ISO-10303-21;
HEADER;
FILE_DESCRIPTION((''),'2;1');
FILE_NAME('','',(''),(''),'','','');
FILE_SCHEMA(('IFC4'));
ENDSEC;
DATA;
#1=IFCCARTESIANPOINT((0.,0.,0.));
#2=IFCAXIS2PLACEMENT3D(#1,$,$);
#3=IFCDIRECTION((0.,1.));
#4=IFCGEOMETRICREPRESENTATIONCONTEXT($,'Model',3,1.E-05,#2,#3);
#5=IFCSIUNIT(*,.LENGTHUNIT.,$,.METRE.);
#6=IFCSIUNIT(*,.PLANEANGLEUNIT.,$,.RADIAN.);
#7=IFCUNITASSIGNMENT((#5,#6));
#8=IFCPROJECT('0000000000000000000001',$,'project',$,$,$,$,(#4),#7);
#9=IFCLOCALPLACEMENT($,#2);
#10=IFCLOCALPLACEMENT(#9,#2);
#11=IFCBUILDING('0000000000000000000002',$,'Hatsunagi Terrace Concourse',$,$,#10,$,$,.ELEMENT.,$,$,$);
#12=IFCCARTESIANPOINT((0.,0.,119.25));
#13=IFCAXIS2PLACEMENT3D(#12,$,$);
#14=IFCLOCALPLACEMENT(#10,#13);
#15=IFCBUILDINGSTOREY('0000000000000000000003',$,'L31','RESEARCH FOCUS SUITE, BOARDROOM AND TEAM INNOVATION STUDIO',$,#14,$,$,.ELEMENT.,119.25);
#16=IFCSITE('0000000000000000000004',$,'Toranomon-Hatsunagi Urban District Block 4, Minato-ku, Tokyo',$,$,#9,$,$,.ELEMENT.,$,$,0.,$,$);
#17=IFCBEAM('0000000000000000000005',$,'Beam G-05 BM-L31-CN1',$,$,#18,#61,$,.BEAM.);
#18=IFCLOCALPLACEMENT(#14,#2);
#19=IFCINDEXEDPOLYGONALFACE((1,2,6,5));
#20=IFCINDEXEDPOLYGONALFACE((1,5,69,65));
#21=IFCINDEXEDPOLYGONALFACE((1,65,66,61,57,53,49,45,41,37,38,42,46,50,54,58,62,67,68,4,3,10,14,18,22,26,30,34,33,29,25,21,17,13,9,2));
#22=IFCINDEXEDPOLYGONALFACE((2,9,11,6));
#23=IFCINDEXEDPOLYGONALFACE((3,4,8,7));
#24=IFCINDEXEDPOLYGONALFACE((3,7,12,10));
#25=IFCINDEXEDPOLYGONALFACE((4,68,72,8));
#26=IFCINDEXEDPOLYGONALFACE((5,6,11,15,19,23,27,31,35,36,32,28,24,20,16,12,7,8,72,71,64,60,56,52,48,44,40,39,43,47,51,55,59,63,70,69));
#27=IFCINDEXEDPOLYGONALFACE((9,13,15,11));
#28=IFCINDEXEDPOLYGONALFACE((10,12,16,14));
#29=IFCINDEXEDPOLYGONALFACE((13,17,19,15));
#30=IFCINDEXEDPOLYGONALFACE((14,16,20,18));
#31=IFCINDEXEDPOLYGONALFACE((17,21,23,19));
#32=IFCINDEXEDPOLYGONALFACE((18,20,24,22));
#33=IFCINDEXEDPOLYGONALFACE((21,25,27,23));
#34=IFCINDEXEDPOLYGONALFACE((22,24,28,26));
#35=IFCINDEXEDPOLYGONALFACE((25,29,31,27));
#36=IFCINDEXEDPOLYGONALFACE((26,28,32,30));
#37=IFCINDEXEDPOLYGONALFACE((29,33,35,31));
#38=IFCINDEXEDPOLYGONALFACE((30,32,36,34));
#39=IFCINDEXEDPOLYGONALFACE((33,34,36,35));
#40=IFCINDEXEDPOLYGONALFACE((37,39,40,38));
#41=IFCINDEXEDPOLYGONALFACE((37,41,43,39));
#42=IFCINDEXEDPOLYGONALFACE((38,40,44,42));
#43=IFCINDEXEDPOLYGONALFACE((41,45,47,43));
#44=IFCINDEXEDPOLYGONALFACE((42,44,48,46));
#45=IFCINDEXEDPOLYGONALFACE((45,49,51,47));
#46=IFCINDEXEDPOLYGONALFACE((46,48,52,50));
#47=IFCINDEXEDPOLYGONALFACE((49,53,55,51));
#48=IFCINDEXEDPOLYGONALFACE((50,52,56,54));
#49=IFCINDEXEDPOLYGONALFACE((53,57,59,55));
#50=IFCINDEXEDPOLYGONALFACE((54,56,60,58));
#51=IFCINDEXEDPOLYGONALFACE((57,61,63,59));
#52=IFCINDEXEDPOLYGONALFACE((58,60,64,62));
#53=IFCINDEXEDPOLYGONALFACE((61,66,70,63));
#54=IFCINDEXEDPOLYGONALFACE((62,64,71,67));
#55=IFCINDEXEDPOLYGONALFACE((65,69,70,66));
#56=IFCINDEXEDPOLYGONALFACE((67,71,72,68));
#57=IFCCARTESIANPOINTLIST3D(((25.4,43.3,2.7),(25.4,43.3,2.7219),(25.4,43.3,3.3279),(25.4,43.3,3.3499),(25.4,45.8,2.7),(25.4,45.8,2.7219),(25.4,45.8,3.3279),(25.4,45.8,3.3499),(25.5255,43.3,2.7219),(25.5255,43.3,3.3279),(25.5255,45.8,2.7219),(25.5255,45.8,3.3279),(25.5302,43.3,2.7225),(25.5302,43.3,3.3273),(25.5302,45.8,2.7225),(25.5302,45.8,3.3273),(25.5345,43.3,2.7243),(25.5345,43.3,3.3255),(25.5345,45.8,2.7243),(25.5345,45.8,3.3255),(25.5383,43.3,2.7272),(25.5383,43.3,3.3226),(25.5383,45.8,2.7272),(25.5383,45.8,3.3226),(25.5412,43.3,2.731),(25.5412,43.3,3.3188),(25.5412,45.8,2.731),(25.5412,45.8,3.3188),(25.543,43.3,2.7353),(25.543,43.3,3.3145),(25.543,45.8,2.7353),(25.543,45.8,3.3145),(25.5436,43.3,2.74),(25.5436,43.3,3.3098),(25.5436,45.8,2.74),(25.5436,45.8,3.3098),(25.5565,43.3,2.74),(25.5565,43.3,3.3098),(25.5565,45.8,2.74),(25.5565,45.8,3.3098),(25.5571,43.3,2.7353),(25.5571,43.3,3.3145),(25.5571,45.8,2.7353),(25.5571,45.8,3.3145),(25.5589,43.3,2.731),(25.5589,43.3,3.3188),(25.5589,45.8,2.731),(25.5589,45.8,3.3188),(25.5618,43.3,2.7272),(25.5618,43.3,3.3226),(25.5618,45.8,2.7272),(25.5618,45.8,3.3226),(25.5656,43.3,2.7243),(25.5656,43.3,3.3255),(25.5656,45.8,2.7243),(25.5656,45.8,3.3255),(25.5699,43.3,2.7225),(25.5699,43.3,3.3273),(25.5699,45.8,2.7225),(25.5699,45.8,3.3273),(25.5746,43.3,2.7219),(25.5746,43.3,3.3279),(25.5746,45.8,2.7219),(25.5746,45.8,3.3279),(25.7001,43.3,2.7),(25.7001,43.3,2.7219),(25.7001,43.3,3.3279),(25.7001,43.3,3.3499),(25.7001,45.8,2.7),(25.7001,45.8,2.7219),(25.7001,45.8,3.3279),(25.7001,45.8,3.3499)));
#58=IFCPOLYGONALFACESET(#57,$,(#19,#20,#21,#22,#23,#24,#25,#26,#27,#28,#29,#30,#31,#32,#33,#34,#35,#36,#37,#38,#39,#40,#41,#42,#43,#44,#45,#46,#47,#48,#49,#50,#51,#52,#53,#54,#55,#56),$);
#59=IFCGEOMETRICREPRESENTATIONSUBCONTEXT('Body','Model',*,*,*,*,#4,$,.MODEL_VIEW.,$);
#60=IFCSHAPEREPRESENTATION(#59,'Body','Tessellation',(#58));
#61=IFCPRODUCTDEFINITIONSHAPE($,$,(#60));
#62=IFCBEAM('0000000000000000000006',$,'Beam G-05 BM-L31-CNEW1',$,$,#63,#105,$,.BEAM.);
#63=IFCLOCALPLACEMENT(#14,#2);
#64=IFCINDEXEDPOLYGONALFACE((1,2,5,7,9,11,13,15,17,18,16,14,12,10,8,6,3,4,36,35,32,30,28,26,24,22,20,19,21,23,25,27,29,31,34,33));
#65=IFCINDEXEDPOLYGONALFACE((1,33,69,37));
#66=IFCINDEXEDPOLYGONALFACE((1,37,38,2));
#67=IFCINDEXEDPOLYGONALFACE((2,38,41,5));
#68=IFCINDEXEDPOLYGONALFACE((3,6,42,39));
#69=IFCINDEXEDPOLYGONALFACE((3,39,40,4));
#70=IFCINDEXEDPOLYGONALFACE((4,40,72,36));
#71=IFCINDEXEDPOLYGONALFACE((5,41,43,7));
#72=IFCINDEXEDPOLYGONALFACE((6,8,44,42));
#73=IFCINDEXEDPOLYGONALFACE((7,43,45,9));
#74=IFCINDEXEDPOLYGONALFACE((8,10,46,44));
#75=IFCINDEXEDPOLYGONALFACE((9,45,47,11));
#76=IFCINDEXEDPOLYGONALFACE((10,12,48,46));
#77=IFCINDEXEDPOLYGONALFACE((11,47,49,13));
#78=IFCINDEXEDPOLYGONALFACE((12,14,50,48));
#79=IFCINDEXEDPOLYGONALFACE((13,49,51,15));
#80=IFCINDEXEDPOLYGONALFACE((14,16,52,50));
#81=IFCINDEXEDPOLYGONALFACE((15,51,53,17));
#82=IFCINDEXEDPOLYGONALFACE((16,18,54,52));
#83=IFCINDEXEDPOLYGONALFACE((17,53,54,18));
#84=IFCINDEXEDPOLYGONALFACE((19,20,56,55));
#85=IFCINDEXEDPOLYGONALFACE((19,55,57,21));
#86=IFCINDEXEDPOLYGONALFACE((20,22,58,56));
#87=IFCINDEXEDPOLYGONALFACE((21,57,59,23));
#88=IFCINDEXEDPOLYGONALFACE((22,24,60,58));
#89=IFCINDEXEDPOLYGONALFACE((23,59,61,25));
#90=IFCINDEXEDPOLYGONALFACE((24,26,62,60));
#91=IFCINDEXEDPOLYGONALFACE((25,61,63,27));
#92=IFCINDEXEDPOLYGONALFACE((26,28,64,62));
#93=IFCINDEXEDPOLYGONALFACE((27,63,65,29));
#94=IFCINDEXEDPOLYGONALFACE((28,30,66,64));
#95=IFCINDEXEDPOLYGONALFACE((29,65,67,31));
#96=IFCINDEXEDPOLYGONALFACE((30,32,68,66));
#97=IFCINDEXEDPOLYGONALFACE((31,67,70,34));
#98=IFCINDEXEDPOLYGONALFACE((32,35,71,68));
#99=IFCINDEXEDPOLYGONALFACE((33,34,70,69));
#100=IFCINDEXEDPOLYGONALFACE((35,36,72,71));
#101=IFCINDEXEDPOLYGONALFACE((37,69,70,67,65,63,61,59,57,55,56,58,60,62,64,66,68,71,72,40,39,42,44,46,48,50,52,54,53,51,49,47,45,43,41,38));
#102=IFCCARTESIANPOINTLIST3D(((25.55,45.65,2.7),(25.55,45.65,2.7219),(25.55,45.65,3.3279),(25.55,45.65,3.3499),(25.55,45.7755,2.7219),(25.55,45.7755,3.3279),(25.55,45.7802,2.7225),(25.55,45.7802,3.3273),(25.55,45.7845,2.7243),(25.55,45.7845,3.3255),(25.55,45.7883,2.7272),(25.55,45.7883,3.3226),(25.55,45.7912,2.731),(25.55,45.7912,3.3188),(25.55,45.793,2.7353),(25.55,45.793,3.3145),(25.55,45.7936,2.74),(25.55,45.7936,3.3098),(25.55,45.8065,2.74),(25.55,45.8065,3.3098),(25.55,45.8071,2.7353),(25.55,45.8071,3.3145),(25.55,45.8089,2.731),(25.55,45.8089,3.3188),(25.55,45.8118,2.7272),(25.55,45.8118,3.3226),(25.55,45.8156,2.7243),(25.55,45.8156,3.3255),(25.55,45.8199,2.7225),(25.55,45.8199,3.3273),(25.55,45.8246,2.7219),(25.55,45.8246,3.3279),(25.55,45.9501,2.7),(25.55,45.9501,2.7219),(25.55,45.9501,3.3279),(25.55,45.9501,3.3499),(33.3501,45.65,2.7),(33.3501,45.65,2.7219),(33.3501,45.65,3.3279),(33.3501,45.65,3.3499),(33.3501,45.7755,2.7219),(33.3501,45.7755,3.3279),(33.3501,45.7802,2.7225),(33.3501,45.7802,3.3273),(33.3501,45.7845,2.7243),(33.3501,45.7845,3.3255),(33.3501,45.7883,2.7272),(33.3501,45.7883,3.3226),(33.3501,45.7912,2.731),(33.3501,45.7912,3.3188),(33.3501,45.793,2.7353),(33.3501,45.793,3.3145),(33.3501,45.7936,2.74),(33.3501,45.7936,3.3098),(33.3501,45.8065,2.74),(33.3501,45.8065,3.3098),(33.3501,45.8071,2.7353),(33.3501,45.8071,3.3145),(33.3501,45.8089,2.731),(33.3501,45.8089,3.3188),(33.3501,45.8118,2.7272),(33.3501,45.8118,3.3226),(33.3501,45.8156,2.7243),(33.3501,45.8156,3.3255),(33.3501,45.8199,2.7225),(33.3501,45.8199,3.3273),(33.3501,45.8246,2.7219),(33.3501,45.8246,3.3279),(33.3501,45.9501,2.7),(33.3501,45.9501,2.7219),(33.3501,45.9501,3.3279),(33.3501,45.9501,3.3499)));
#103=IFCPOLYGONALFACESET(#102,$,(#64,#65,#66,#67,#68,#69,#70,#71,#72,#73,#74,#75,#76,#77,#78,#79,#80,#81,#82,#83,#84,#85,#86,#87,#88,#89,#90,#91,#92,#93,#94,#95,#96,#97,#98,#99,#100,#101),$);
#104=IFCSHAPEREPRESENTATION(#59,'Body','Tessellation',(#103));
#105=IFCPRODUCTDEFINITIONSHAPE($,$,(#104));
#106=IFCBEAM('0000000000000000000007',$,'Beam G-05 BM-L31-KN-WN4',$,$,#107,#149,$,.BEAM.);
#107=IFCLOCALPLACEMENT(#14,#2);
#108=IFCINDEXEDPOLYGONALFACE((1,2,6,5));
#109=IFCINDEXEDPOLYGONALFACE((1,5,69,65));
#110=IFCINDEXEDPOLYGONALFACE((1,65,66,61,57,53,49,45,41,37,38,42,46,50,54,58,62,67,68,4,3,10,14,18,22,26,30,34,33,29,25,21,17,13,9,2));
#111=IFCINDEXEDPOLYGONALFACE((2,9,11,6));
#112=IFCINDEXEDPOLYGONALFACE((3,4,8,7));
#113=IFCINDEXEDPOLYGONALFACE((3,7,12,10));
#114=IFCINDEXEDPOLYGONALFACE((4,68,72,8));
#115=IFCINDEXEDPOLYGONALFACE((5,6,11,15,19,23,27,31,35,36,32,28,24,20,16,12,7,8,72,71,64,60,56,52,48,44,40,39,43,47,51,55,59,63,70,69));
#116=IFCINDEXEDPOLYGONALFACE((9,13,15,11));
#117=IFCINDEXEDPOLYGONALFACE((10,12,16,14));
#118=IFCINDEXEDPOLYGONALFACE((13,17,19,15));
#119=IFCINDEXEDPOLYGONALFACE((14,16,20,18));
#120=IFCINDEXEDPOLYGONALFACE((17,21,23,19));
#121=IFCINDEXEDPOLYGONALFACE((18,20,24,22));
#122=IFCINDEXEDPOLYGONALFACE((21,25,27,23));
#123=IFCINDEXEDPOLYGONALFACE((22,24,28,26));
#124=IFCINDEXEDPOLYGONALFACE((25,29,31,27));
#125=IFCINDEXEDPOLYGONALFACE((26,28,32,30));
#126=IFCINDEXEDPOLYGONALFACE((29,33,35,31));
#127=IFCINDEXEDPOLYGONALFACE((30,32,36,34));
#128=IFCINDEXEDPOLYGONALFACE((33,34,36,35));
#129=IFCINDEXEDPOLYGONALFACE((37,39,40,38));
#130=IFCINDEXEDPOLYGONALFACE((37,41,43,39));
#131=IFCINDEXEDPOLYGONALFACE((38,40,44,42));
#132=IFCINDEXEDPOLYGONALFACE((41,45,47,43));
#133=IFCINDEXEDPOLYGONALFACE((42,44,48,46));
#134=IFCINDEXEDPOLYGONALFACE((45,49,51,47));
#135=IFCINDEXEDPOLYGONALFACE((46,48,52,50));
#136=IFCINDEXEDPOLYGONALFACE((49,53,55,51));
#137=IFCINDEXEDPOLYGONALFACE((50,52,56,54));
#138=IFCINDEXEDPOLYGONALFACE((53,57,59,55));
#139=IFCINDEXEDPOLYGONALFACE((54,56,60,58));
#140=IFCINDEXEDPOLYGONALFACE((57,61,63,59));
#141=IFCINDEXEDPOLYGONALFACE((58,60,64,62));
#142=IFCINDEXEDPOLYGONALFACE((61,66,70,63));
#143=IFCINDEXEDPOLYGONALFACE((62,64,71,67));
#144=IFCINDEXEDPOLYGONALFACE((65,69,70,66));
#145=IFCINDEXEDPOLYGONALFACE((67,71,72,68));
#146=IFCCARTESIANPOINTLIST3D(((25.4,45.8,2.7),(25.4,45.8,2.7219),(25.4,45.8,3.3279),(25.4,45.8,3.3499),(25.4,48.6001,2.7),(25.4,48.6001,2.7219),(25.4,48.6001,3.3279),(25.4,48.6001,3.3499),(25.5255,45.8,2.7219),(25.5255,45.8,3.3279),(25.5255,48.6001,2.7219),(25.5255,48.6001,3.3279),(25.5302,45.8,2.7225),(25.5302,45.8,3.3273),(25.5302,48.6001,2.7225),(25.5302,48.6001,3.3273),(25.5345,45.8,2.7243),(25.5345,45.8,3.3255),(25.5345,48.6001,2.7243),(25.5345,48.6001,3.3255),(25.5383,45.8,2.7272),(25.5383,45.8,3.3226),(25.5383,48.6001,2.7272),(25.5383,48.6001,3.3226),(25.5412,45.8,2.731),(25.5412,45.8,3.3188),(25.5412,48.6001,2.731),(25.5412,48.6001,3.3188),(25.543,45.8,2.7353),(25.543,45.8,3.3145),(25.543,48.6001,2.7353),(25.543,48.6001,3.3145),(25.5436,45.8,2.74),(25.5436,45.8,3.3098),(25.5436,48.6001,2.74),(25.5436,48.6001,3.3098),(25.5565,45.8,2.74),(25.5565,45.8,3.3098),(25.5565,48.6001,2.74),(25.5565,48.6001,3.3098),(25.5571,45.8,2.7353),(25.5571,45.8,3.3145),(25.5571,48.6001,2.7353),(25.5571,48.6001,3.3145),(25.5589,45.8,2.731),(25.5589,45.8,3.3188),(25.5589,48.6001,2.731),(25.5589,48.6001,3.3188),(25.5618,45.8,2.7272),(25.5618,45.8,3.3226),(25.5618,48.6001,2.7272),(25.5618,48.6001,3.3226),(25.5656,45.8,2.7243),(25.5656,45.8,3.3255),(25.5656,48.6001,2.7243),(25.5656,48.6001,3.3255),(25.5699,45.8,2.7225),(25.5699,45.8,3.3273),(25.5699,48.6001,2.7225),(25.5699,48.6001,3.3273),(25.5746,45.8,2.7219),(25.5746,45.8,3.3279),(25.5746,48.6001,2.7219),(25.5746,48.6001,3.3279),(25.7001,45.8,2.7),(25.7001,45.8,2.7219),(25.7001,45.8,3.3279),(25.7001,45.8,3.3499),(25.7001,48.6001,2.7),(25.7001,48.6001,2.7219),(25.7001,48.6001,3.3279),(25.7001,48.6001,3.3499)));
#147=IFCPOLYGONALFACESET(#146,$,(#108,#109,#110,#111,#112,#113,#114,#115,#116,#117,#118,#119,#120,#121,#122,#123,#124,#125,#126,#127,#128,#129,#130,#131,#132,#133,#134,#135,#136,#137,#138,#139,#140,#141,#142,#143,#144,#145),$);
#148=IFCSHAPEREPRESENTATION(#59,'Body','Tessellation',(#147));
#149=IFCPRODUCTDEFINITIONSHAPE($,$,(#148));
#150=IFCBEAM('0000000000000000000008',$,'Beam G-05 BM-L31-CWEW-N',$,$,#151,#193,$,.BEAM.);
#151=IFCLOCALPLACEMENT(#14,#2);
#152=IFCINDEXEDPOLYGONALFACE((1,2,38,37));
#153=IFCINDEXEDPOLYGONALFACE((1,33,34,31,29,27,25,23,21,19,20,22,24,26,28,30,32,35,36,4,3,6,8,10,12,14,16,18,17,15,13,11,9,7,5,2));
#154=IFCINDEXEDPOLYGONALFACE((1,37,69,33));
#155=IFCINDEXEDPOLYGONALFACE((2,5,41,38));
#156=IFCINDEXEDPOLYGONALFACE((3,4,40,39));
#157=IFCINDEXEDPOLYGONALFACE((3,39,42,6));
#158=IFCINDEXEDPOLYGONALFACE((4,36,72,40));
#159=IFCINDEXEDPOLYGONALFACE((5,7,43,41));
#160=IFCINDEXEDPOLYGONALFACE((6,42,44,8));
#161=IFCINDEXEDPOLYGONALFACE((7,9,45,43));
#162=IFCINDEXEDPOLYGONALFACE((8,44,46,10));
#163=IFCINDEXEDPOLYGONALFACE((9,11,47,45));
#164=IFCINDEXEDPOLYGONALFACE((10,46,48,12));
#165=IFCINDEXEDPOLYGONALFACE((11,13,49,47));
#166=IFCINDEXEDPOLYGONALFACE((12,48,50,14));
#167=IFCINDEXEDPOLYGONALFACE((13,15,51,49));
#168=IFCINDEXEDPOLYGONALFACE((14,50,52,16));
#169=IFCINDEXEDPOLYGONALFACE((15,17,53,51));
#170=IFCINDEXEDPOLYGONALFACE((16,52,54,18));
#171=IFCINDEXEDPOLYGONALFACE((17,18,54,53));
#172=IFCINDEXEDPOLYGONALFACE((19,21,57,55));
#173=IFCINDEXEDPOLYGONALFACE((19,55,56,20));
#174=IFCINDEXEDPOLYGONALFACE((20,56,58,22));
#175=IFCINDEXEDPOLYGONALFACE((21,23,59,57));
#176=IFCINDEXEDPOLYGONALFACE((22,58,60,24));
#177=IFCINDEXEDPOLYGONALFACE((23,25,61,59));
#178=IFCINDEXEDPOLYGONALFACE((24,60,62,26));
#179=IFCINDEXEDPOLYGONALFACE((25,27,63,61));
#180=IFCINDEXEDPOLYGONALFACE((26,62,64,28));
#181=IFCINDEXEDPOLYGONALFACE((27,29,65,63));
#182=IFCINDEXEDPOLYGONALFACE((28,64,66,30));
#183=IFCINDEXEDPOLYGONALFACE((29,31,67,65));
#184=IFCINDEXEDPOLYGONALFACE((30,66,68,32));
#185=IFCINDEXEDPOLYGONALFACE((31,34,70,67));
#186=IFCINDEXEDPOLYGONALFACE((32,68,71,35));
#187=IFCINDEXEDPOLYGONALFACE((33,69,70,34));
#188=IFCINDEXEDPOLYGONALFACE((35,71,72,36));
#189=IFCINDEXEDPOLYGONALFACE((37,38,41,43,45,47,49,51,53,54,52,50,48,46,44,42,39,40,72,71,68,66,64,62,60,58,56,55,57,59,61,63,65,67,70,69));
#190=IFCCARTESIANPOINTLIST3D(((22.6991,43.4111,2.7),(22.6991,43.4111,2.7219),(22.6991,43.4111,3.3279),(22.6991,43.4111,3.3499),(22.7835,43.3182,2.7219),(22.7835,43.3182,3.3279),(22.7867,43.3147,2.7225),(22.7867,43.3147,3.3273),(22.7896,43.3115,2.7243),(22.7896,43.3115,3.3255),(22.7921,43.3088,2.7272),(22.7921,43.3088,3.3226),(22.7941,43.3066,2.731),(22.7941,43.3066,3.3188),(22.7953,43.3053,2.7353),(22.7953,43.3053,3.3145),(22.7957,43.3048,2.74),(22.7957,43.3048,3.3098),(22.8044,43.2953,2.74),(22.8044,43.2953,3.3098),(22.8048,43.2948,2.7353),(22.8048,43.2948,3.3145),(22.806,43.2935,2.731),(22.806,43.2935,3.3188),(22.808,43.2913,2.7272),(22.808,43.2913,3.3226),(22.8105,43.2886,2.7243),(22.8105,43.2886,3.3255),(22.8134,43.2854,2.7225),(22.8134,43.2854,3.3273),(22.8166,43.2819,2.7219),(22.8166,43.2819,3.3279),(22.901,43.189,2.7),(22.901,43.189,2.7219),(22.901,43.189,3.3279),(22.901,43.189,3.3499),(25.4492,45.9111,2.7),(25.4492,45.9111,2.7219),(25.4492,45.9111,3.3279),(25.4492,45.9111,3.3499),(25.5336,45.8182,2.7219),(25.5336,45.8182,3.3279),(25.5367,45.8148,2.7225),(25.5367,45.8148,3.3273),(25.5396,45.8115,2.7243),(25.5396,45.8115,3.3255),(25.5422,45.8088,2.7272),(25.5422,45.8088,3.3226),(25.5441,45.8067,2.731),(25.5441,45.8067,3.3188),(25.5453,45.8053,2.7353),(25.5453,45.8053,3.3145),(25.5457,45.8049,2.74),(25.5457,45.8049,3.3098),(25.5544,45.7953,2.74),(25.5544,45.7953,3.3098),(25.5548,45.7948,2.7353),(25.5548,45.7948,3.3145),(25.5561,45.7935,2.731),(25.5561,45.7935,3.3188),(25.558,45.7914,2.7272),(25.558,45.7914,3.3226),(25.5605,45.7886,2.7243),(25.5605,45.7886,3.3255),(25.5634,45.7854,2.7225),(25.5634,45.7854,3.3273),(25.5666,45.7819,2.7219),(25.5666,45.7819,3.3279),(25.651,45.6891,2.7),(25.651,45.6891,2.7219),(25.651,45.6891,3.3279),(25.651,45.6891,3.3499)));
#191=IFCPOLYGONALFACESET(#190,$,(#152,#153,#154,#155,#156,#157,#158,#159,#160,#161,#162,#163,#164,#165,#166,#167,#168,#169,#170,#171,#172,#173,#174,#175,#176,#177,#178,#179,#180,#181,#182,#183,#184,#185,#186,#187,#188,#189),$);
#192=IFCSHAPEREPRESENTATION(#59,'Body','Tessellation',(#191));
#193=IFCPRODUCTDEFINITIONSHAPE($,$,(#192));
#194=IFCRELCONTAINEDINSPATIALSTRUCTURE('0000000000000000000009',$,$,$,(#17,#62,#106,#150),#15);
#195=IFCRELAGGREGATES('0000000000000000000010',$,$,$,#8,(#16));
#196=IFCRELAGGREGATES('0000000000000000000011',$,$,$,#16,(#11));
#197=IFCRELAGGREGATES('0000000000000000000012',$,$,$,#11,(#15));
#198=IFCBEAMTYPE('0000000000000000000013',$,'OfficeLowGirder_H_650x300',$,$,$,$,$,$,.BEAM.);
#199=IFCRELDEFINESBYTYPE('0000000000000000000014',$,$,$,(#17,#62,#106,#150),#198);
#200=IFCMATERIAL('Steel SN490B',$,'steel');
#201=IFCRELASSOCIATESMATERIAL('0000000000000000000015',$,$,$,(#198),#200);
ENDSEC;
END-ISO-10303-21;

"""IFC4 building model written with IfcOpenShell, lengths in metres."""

from ifc_helpers import new_model, si_unit, direction, frame, origin, origin_2d, place, context, subcontext, project, spatial, i_section, extrude, material, material_profile, profile_set, type_object, element, save


model = new_model("IFC4")

# Units and contexts
model_context = context("Model", 3, precision=1e-05, world=origin(), true_north=direction((0.0, 1.0)))
body_context = subcontext(model_context, "Body", "Model", "MODEL_VIEW")
ifc_project = project(units=[si_unit("LENGTHUNIT", "METRE"), si_unit("PLANEANGLEUNIT", "RADIAN")], contexts=[model_context])

# Site, building, storey
site_placement = place(None, origin())
site = spatial("IfcSite", under=ifc_project, at=site_placement, Name="Toranomon-Hatsunagi Urban District Block 4, Minato-ku, Tokyo", CompositionType="ELEMENT", RefElevation=0.0)
building_placement = place(site_placement, origin())
building = spatial("IfcBuilding", under=site, at=building_placement, Name="Hatsunagi Terrace Concourse", CompositionType="ELEMENT")
storey_placement = place(building_placement, frame((0.0, 0.0, 119.25)))
storey = spatial("IfcBuildingStorey", under=building, at=storey_placement, Name="L31", Description="RESEARCH FOCUS SUITE, BOARDROOM AND TEAM INNOVATION STUDIO", CompositionType="ELEMENT", Elevation=119.25)

# Beams
ifc_material_1 = material(Name="Steel SN490B", Category="steel")
ifc_material_profile_1 = material_profile(ifc_material_1, i_section(OverallWidth=0.3, OverallDepth=0.6499, WebThickness=0.0129, FlangeThickness=0.022, FilletRadius=0.0181, at=origin_2d()), Name="H-650x300x13x22")
ifc_profile_set_1 = profile_set([ifc_material_profile_1], Name="Steel SN490B")
beam_type_1 = type_object("IfcBeamType", Name="OfficeLowGirder_H_650x300", PredefinedType="BEAM", material=ifc_profile_set_1)
beam_1_placement = place(storey_placement, frame((25.55, 43.3, 3.0249), z_axis=(0.0, 1.0, 0.0), x_axis=(-1.0, 0.0, 0.0)))
element("IfcBeam", 1, at=beam_1_placement, inside=storey, type_object=beam_type_1, Name="Beam G-05 BM-L31-CN1", PredefinedType="BEAM", context=body_context, shape_type="SweptSolid", body=[
    extrude(i_section(OverallWidth=0.3, OverallDepth=0.6499, WebThickness=0.0129, FlangeThickness=0.022, FilletRadius=0.0181, at=origin_2d()), origin(), (0.0, 0.0, 1.0), 2.5),
])
beam_2_placement = place(storey_placement, frame((25.55, 45.8, 3.0249), z_axis=(1.0, 0.0, 0.0), x_axis=(0.0, 1.0, 0.0)))
element("IfcBeam", 2, at=beam_2_placement, inside=storey, type_object=beam_type_1, Name="Beam G-05 BM-L31-CNEW1", PredefinedType="BEAM", context=body_context, shape_type="SweptSolid", body=[
    extrude(i_section(OverallWidth=0.3, OverallDepth=0.6499, WebThickness=0.0129, FlangeThickness=0.022, FilletRadius=0.0181, at=origin_2d()), origin(), (0.0, 0.0, 1.0), 7.8),
])
beam_3_placement = place(storey_placement, frame((25.55, 45.8, 3.0249), z_axis=(0.0, 1.0, 0.0), x_axis=(-1.0, 0.0, 0.0)))
element("IfcBeam", 3, at=beam_3_placement, inside=storey, type_object=beam_type_1, Name="Beam G-05 BM-L31-KN-WN4", PredefinedType="BEAM", context=body_context, shape_type="SweptSolid", body=[
    extrude(i_section(OverallWidth=0.3, OverallDepth=0.6499, WebThickness=0.0129, FlangeThickness=0.022, FilletRadius=0.0181, at=origin_2d()), origin(), (0.0, 0.0, 1.0), 2.8),
])
beam_4_placement = place(storey_placement, frame((22.8, 43.3, 3.0249), z_axis=(0.73994, 0.672673, 0.0), x_axis=(-0.672673, 0.73994, 0.0)))
element("IfcBeam", 4, at=beam_4_placement, inside=storey, type_object=beam_type_1, Name="Beam G-05 BM-L31-CWEW-N", PredefinedType="BEAM", context=body_context, shape_type="SweptSolid", body=[
    extrude(i_section(OverallWidth=0.3, OverallDepth=0.6499, WebThickness=0.0129, FlangeThickness=0.022, FilletRadius=0.0181, at=origin_2d()), origin(), (0.0, 0.0, 1.0), 3.7166),
])

save(model, "model.ifc")
